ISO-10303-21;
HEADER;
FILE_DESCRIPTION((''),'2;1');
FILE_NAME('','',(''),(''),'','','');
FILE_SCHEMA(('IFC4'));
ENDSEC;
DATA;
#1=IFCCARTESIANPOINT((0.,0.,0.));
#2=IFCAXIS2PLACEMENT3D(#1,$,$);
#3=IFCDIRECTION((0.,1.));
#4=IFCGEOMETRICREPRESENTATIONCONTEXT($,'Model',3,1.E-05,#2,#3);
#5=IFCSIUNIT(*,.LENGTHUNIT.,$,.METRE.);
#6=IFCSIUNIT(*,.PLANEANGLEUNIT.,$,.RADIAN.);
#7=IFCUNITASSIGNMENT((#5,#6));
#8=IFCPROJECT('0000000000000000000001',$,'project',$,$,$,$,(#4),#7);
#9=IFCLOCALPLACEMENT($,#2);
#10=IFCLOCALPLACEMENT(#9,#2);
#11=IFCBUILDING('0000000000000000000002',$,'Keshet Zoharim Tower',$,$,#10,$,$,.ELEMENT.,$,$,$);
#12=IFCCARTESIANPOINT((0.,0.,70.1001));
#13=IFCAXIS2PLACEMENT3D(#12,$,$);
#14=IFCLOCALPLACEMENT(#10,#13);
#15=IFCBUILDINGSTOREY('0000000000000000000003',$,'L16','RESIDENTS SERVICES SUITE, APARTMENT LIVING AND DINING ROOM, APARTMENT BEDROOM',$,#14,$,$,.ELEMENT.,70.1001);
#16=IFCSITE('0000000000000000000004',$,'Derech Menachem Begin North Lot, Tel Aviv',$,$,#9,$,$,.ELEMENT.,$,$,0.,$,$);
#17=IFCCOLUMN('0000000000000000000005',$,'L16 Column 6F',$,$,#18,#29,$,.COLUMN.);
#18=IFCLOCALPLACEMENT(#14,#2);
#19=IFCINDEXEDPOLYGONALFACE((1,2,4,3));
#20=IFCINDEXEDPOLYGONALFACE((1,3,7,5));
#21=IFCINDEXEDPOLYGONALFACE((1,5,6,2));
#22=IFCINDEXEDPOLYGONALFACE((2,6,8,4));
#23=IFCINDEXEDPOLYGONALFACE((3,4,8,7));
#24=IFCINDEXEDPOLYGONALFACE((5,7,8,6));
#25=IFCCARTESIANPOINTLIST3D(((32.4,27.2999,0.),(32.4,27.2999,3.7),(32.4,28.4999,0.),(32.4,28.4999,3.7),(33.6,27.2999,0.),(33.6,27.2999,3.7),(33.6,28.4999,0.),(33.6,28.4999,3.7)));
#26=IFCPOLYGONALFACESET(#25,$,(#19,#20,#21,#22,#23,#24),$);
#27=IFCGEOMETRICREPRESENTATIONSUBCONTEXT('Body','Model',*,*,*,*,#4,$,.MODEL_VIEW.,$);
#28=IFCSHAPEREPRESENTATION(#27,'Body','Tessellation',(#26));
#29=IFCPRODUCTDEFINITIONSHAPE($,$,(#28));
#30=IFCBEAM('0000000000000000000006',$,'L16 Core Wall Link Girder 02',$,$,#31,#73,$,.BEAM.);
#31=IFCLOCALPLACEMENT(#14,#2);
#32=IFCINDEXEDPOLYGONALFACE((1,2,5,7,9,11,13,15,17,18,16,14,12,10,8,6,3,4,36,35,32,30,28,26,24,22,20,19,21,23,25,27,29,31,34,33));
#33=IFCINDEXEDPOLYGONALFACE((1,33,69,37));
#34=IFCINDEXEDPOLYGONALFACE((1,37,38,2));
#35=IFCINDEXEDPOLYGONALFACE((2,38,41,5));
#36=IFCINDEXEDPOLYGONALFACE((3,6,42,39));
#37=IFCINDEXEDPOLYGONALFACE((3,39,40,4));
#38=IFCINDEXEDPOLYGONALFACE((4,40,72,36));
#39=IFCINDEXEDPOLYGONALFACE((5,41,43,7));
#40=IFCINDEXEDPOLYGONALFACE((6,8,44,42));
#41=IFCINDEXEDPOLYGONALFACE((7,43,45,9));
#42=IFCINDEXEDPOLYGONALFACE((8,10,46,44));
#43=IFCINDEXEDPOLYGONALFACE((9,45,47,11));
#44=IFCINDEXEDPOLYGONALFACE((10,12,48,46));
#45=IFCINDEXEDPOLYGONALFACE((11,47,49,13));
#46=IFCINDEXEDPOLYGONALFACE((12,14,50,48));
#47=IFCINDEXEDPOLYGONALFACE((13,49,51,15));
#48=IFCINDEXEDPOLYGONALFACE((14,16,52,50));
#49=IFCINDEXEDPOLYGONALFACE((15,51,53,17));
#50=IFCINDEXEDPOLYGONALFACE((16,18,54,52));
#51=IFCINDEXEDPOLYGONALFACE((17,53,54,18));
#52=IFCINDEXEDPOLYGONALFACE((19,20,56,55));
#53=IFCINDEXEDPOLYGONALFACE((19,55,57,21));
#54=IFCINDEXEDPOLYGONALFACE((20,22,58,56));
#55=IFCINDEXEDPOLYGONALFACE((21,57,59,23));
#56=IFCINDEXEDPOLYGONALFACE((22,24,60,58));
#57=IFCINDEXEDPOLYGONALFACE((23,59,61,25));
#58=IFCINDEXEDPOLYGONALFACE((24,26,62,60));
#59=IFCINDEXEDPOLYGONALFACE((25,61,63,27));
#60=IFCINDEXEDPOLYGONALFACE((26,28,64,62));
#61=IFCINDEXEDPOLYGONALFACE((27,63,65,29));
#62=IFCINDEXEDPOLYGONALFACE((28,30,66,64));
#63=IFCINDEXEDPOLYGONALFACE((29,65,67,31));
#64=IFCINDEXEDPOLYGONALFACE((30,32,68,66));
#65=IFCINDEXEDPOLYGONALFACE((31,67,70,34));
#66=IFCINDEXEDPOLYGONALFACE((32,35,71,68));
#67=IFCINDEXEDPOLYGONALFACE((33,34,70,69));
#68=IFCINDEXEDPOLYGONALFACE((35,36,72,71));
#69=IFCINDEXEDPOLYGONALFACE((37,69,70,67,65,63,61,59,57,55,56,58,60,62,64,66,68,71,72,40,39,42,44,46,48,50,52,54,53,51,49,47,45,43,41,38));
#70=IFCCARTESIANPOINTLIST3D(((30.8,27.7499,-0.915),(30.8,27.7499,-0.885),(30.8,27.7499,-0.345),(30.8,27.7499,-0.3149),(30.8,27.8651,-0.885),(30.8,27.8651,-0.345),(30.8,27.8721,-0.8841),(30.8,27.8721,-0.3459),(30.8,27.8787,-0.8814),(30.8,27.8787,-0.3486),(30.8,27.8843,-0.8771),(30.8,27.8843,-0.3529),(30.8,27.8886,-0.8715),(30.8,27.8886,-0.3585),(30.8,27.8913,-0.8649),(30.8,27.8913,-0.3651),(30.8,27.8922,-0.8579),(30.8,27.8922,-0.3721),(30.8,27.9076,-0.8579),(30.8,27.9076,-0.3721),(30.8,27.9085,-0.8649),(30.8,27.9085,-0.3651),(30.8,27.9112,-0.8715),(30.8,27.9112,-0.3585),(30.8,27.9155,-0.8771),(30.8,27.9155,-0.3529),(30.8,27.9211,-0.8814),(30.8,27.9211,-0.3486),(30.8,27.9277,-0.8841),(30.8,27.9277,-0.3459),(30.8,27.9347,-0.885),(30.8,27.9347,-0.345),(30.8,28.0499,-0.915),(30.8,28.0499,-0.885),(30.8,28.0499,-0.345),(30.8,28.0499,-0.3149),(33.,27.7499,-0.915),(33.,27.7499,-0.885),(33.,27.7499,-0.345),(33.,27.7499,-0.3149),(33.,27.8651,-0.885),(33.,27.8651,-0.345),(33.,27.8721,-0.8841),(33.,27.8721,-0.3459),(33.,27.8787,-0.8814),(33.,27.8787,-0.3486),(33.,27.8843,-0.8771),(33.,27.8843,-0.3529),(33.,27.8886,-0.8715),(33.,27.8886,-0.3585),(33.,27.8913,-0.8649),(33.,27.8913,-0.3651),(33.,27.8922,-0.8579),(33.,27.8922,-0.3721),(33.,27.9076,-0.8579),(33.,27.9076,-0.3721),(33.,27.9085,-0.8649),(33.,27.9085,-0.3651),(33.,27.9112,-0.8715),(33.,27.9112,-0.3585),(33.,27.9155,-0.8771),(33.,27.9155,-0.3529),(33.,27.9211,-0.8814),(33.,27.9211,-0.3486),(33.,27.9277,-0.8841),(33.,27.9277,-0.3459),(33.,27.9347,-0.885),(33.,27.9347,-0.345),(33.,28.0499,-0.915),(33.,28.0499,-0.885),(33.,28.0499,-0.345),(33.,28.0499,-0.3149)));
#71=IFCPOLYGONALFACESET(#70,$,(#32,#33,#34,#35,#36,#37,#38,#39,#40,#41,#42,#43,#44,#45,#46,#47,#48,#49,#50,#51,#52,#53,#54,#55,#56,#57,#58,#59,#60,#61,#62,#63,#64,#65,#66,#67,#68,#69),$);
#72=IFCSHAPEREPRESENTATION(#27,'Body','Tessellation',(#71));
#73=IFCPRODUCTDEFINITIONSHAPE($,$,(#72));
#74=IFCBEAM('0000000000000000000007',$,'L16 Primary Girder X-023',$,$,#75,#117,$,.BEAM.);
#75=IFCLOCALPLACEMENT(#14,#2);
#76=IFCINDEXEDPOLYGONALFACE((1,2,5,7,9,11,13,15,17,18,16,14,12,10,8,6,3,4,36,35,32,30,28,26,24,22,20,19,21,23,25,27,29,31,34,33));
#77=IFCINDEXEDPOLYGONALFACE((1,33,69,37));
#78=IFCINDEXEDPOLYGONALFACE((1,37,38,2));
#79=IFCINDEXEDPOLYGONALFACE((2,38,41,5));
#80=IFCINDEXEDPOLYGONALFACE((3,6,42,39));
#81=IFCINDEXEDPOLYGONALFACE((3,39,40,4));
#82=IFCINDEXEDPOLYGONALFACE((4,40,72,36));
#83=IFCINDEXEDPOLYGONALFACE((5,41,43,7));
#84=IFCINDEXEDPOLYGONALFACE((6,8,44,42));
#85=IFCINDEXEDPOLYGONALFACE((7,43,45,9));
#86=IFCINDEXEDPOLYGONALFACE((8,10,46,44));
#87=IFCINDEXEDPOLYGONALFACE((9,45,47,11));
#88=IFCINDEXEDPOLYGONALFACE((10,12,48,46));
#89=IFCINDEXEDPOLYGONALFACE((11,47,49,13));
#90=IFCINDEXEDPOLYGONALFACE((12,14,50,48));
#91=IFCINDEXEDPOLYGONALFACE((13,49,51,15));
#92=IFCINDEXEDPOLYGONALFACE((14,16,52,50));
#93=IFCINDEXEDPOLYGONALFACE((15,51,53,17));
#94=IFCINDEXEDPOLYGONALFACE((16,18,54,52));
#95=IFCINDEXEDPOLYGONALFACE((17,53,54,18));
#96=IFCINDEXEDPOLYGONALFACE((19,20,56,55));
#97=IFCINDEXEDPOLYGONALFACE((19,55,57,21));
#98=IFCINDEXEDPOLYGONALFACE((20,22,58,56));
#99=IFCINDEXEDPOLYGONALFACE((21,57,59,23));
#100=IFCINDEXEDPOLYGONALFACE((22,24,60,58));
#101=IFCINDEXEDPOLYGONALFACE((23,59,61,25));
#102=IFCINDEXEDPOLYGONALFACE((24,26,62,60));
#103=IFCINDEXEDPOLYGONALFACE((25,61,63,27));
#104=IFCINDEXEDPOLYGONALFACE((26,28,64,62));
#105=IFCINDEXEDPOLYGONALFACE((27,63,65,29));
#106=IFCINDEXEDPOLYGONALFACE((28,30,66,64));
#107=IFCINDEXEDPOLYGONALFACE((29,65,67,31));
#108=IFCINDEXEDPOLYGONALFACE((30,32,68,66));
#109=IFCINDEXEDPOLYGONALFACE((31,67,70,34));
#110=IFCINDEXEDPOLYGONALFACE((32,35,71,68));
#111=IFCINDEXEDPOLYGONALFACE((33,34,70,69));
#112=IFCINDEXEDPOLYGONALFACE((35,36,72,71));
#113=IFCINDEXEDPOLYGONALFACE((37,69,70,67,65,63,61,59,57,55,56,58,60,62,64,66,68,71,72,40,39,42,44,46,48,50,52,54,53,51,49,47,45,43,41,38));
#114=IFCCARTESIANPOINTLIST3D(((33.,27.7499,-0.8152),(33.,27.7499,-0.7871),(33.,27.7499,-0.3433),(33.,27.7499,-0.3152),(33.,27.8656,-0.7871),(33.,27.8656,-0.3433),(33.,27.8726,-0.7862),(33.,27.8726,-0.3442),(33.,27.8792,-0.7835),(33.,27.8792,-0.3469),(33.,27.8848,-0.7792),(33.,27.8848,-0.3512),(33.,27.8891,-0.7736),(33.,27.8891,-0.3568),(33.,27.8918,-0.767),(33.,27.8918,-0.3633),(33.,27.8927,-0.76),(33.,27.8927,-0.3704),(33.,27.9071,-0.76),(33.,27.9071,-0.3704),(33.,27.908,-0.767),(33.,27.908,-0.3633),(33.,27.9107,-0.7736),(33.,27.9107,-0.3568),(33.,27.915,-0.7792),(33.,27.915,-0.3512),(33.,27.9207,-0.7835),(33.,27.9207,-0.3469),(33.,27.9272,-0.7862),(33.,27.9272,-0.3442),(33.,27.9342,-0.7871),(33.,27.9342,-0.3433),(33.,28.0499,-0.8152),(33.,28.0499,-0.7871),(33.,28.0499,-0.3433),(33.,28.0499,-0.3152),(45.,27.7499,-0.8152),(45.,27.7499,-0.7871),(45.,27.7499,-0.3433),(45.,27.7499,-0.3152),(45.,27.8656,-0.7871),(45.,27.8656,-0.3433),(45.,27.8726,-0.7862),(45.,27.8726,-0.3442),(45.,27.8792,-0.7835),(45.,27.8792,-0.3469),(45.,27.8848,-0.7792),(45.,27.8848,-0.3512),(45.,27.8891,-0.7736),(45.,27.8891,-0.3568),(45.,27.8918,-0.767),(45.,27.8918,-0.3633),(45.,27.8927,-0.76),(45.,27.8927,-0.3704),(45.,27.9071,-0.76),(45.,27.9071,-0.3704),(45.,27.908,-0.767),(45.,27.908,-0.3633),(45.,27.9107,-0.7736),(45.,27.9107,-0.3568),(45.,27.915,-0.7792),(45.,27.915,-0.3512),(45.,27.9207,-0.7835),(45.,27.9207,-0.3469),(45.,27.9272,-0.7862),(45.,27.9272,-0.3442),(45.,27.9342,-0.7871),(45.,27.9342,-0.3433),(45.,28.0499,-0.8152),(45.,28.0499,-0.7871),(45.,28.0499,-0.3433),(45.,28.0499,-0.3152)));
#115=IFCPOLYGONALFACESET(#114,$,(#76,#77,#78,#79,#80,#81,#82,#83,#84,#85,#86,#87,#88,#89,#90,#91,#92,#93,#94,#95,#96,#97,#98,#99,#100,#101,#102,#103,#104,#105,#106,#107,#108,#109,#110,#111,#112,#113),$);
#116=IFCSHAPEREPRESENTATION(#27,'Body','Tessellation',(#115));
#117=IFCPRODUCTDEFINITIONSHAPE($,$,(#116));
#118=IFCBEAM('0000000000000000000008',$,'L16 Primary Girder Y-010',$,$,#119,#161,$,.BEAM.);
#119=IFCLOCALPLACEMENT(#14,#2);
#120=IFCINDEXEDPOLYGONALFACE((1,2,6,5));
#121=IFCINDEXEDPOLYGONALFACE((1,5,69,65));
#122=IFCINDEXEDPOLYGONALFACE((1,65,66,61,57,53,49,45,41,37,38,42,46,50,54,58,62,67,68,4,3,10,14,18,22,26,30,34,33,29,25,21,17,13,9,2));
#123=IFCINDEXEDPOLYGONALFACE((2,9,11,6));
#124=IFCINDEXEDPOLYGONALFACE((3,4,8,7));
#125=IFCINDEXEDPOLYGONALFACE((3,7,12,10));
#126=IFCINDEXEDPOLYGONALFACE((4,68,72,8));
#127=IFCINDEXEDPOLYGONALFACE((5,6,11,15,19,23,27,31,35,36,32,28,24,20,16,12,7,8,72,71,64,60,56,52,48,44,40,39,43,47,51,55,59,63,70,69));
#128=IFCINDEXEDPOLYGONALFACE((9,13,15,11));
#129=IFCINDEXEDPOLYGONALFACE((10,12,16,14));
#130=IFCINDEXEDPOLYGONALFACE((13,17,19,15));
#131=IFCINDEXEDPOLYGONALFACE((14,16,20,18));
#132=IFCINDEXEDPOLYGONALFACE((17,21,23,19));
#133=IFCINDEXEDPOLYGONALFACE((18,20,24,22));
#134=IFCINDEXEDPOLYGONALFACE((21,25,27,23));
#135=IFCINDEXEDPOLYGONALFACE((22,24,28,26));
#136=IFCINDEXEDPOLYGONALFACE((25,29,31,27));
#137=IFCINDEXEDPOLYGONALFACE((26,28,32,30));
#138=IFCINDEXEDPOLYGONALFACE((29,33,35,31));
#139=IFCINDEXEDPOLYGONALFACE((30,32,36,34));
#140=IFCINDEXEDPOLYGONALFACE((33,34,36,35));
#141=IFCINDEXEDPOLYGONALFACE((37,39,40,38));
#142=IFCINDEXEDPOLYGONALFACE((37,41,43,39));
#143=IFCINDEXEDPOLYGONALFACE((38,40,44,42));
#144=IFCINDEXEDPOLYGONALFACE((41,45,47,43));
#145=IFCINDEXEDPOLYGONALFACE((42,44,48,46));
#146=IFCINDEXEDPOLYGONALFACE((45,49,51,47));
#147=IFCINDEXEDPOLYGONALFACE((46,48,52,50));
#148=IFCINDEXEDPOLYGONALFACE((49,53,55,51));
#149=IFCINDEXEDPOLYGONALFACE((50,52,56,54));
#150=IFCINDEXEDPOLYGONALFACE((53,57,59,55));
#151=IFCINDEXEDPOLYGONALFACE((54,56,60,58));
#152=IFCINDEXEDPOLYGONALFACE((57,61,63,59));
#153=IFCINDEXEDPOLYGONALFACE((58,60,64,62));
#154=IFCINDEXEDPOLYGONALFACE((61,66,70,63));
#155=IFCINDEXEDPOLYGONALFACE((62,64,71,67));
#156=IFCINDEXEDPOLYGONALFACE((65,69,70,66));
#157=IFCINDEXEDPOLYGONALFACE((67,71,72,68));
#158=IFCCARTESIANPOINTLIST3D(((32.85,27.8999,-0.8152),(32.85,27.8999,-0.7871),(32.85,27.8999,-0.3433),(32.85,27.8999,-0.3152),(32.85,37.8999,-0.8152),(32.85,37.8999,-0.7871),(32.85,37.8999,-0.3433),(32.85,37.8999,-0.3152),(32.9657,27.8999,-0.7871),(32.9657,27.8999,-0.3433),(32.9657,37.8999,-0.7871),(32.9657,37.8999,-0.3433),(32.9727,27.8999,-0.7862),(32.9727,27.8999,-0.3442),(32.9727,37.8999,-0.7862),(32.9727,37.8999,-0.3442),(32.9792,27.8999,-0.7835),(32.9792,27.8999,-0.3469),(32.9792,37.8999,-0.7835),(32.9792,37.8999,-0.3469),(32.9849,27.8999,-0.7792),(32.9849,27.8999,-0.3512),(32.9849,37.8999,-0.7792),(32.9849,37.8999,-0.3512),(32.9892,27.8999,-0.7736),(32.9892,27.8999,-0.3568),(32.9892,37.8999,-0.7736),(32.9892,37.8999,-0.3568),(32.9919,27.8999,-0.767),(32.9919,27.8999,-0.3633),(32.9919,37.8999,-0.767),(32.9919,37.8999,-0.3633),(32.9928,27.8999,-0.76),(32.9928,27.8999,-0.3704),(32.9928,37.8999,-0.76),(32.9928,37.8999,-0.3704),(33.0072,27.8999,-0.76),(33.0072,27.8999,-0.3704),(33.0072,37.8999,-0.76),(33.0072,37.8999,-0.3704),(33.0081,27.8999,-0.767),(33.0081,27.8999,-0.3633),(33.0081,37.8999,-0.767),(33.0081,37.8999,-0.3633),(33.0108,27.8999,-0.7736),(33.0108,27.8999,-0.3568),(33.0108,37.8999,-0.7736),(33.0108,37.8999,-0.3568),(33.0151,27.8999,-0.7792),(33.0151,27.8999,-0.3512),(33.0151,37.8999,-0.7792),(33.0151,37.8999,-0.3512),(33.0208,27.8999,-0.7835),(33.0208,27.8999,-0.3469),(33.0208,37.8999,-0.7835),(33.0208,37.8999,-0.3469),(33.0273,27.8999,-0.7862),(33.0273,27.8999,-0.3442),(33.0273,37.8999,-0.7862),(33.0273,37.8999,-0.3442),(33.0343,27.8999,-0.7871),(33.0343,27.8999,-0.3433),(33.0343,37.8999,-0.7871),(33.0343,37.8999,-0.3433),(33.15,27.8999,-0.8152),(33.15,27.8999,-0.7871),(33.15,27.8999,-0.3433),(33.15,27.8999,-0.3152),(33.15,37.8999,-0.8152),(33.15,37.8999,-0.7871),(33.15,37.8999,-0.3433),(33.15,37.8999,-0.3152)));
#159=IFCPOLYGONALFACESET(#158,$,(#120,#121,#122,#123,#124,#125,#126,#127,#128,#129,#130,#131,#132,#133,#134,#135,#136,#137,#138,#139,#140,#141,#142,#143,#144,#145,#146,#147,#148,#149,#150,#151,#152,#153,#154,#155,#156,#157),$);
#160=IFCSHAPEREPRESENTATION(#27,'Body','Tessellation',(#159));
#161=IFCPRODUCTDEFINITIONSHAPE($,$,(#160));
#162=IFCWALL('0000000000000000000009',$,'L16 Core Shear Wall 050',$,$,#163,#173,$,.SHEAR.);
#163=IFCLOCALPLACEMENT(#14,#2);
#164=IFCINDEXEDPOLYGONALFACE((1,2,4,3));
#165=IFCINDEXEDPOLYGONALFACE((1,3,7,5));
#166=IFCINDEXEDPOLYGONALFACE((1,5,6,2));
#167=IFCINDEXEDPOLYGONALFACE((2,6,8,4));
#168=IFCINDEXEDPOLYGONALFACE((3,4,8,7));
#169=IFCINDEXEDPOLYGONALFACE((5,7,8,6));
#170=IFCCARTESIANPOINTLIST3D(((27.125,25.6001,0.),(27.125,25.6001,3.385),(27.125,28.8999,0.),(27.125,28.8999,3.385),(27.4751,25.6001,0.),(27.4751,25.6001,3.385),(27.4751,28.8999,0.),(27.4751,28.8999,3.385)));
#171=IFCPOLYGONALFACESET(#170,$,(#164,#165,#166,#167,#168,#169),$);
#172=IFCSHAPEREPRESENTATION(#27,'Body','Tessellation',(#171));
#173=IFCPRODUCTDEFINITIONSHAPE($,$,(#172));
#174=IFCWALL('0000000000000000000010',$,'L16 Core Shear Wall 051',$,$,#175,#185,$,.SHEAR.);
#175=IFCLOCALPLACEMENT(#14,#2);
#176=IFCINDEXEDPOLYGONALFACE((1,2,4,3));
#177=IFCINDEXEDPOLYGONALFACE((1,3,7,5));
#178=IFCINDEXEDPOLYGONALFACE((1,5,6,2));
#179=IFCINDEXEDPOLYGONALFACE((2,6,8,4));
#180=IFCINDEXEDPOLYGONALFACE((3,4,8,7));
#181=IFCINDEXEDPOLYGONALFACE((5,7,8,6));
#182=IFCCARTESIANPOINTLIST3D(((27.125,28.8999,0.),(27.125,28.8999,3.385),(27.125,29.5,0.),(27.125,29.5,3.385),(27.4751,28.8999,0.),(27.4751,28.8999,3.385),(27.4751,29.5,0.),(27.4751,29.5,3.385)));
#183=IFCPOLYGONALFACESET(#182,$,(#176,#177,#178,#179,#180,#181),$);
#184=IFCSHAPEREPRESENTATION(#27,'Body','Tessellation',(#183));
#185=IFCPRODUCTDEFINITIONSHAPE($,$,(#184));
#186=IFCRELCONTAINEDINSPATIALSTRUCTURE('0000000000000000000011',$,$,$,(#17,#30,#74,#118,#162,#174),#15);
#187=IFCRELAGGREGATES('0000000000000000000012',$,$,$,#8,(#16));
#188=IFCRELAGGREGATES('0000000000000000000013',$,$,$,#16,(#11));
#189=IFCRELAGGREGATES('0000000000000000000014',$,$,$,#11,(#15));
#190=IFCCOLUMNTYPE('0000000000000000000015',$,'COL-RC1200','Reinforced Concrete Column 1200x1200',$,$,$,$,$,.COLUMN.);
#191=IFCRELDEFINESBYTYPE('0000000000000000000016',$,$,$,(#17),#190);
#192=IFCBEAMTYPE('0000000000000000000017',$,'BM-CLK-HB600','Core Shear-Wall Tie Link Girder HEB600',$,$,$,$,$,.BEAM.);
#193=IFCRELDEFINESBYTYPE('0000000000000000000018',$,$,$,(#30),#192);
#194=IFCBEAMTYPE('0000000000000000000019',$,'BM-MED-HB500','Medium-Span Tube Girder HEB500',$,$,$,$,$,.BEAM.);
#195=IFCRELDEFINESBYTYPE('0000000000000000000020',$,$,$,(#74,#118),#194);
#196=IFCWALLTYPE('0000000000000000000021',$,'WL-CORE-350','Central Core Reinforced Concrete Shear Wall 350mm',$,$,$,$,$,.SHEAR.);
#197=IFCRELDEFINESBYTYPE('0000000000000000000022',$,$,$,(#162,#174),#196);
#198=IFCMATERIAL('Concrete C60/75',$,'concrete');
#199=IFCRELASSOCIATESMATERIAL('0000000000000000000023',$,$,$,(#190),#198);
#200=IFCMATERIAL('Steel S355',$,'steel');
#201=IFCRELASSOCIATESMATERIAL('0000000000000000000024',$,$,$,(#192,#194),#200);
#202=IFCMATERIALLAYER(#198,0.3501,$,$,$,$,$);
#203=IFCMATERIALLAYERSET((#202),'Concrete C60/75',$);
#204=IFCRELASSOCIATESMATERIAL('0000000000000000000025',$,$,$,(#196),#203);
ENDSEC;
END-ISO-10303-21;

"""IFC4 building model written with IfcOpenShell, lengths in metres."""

from ifc_helpers import new_model, si_unit, direction, frame, frame_2d, origin, origin_2d, place, context, subcontext, project, spatial, rectangle, i_section, extrude, material, layer, layer_set, material_profile, profile_set, type_object, element, save


model = new_model("IFC4")

# Units and contexts
model_context = context("Model", 3, precision=1e-05, world=origin(), true_north=direction((0.0, 1.0)))
body_context = subcontext(model_context, "Body", "Model", "MODEL_VIEW")
ifc_project = project(units=[si_unit("LENGTHUNIT", "METRE"), si_unit("PLANEANGLEUNIT", "RADIAN")], contexts=[model_context])

# Site, building, storey
site_placement = place(None, origin())
site = spatial("IfcSite", under=ifc_project, at=site_placement, Name="Derech Menachem Begin North Lot, Tel Aviv", CompositionType="ELEMENT", RefElevation=0.0)
building_placement = place(site_placement, origin())
building = spatial("IfcBuilding", under=site, at=building_placement, Name="Keshet Zoharim Tower", CompositionType="ELEMENT")
storey_placement = place(building_placement, frame((0.0, 0.0, 70.1001)))
storey = spatial("IfcBuildingStorey", under=building, at=storey_placement, Name="L16", Description="RESIDENTS SERVICES SUITE, APARTMENT LIVING AND DINING ROOM, APARTMENT BEDROOM", CompositionType="ELEMENT", Elevation=70.1001)

# Column
ifc_material_1 = material(Name="Concrete C60/75", Category="concrete")
ifc_material_profile_1 = material_profile(ifc_material_1, rectangle(XDim=1.2, YDim=1.2, at=origin_2d()), Name="RC1200x1200")
ifc_profile_set_1 = profile_set([ifc_material_profile_1], Name="Concrete C60/75")
column_type = type_object("IfcColumnType", Name="COL-RC1200", Description="Reinforced Concrete Column 1200x1200", PredefinedType="COLUMN", material=ifc_profile_set_1)
column_placement = place(storey_placement, frame((33.0, 27.8999, 0.0), z_axis=(0.0, 0.0, 1.0), x_axis=(1.0, 0.0, 0.0)))
element("IfcColumn", 1, at=column_placement, inside=storey, type_object=column_type, Name="L16 Column 6F", PredefinedType="COLUMN", context=body_context, shape_type="SweptSolid", body=[
    extrude(rectangle(XDim=1.2, YDim=1.2, at=origin_2d()), origin(), (0.0, 0.0, 1.0), 3.7),
])

# Beams
ifc_material_2 = material(Name="Steel S355", Category="steel")
ifc_material_profile_2 = material_profile(ifc_material_2, i_section(OverallWidth=0.3, OverallDepth=0.6001, WebThickness=0.0154, FlangeThickness=0.03, FilletRadius=0.0271, at=origin_2d()), Name="HEB600")
ifc_profile_set_2 = profile_set([ifc_material_profile_2], Name="Steel S355")
beam_type_1 = type_object("IfcBeamType", Name="BM-CLK-HB600", Description="Core Shear-Wall Tie Link Girder HEB600", PredefinedType="BEAM", material=ifc_profile_set_2)
beam_1_placement = place(storey_placement, frame((30.8, 27.8999, -0.615), z_axis=(1.0, 0.0, 0.0), x_axis=(0.0, 1.0, 0.0)))
element("IfcBeam", 2, at=beam_1_placement, inside=storey, type_object=beam_type_1, Name="L16 Core Wall Link Girder 02", PredefinedType="BEAM", context=body_context, shape_type="SweptSolid", body=[
    extrude(i_section(OverallWidth=0.3, OverallDepth=0.6001, WebThickness=0.0154, FlangeThickness=0.03, FilletRadius=0.0271, at=origin_2d()), origin(), (0.0, 0.0, 1.0), 2.2),
])
ifc_material_profile_3 = material_profile(ifc_material_2, i_section(OverallWidth=0.3, OverallDepth=0.5, WebThickness=0.0144, FlangeThickness=0.0281, FilletRadius=0.0271, at=origin_2d()), Name="HEB500")
ifc_profile_set_3 = profile_set([ifc_material_profile_3], Name="Steel S355")
beam_type_2 = type_object("IfcBeamType", Name="BM-MED-HB500", Description="Medium-Span Tube Girder HEB500", PredefinedType="BEAM", material=ifc_profile_set_3)
beam_2_placement = place(storey_placement, frame((33.0, 27.8999, -0.5652), z_axis=(1.0, 0.0, 0.0), x_axis=(0.0, 1.0, 0.0)))
element("IfcBeam", 3, at=beam_2_placement, inside=storey, type_object=beam_type_2, Name="L16 Primary Girder X-023", PredefinedType="BEAM", context=body_context, shape_type="SweptSolid", body=[
    extrude(i_section(OverallWidth=0.3, OverallDepth=0.5, WebThickness=0.0144, FlangeThickness=0.0281, FilletRadius=0.0271, at=origin_2d()), origin(), (0.0, 0.0, 1.0), 12.0),
])
beam_3_placement = place(storey_placement, frame((33.0, 27.8999, -0.5652), z_axis=(0.0, 1.0, 0.0), x_axis=(-1.0, 0.0, 0.0)))
element("IfcBeam", 4, at=beam_3_placement, inside=storey, type_object=beam_type_2, Name="L16 Primary Girder Y-010", PredefinedType="BEAM", context=body_context, shape_type="SweptSolid", body=[
    extrude(i_section(OverallWidth=0.3, OverallDepth=0.5, WebThickness=0.0144, FlangeThickness=0.0281, FilletRadius=0.0271, at=origin_2d()), origin(), (0.0, 0.0, 1.0), 10.0),
])

# Walls
ifc_layer_1 = layer(ifc_material_1, 0.3501)
ifc_layer_set_1 = layer_set([ifc_layer_1], Name="Concrete C60/75")
wall_type_1 = type_object("IfcWallType", Name="WL-CORE-350", Description="Central Core Reinforced Concrete Shear Wall 350mm", PredefinedType="SHEAR", material=ifc_layer_set_1)
wall_1_placement = place(storey_placement, frame((27.3, 25.6001, 0.0), z_axis=(0.0, 0.0, 1.0), x_axis=(0.0, 1.0, 0.0)))
element("IfcWall", 5, at=wall_1_placement, inside=storey, type_object=wall_type_1, Name="L16 Core Shear Wall 050", PredefinedType="SHEAR", context=body_context, shape_type="SweptSolid", body=[
    extrude(rectangle(XDim=3.2998, YDim=0.3501, at=frame_2d((1.6499, 0.0))), origin(), (0.0, 0.0, 1.0), 3.385),
])
wall_2_placement = place(storey_placement, frame((27.3, 28.8999, 0.0), z_axis=(0.0, 0.0, 1.0), x_axis=(0.0, 1.0, 0.0)))
element("IfcWall", 6, at=wall_2_placement, inside=storey, type_object=wall_type_1, Name="L16 Core Shear Wall 051", PredefinedType="SHEAR", context=body_context, shape_type="SweptSolid", body=[
    extrude(rectangle(XDim=0.6001, YDim=0.3501, at=frame_2d((0.3, 0.0))), origin(), (0.0, 0.0, 1.0), 3.385),
])

save(model, "model.ifc")
